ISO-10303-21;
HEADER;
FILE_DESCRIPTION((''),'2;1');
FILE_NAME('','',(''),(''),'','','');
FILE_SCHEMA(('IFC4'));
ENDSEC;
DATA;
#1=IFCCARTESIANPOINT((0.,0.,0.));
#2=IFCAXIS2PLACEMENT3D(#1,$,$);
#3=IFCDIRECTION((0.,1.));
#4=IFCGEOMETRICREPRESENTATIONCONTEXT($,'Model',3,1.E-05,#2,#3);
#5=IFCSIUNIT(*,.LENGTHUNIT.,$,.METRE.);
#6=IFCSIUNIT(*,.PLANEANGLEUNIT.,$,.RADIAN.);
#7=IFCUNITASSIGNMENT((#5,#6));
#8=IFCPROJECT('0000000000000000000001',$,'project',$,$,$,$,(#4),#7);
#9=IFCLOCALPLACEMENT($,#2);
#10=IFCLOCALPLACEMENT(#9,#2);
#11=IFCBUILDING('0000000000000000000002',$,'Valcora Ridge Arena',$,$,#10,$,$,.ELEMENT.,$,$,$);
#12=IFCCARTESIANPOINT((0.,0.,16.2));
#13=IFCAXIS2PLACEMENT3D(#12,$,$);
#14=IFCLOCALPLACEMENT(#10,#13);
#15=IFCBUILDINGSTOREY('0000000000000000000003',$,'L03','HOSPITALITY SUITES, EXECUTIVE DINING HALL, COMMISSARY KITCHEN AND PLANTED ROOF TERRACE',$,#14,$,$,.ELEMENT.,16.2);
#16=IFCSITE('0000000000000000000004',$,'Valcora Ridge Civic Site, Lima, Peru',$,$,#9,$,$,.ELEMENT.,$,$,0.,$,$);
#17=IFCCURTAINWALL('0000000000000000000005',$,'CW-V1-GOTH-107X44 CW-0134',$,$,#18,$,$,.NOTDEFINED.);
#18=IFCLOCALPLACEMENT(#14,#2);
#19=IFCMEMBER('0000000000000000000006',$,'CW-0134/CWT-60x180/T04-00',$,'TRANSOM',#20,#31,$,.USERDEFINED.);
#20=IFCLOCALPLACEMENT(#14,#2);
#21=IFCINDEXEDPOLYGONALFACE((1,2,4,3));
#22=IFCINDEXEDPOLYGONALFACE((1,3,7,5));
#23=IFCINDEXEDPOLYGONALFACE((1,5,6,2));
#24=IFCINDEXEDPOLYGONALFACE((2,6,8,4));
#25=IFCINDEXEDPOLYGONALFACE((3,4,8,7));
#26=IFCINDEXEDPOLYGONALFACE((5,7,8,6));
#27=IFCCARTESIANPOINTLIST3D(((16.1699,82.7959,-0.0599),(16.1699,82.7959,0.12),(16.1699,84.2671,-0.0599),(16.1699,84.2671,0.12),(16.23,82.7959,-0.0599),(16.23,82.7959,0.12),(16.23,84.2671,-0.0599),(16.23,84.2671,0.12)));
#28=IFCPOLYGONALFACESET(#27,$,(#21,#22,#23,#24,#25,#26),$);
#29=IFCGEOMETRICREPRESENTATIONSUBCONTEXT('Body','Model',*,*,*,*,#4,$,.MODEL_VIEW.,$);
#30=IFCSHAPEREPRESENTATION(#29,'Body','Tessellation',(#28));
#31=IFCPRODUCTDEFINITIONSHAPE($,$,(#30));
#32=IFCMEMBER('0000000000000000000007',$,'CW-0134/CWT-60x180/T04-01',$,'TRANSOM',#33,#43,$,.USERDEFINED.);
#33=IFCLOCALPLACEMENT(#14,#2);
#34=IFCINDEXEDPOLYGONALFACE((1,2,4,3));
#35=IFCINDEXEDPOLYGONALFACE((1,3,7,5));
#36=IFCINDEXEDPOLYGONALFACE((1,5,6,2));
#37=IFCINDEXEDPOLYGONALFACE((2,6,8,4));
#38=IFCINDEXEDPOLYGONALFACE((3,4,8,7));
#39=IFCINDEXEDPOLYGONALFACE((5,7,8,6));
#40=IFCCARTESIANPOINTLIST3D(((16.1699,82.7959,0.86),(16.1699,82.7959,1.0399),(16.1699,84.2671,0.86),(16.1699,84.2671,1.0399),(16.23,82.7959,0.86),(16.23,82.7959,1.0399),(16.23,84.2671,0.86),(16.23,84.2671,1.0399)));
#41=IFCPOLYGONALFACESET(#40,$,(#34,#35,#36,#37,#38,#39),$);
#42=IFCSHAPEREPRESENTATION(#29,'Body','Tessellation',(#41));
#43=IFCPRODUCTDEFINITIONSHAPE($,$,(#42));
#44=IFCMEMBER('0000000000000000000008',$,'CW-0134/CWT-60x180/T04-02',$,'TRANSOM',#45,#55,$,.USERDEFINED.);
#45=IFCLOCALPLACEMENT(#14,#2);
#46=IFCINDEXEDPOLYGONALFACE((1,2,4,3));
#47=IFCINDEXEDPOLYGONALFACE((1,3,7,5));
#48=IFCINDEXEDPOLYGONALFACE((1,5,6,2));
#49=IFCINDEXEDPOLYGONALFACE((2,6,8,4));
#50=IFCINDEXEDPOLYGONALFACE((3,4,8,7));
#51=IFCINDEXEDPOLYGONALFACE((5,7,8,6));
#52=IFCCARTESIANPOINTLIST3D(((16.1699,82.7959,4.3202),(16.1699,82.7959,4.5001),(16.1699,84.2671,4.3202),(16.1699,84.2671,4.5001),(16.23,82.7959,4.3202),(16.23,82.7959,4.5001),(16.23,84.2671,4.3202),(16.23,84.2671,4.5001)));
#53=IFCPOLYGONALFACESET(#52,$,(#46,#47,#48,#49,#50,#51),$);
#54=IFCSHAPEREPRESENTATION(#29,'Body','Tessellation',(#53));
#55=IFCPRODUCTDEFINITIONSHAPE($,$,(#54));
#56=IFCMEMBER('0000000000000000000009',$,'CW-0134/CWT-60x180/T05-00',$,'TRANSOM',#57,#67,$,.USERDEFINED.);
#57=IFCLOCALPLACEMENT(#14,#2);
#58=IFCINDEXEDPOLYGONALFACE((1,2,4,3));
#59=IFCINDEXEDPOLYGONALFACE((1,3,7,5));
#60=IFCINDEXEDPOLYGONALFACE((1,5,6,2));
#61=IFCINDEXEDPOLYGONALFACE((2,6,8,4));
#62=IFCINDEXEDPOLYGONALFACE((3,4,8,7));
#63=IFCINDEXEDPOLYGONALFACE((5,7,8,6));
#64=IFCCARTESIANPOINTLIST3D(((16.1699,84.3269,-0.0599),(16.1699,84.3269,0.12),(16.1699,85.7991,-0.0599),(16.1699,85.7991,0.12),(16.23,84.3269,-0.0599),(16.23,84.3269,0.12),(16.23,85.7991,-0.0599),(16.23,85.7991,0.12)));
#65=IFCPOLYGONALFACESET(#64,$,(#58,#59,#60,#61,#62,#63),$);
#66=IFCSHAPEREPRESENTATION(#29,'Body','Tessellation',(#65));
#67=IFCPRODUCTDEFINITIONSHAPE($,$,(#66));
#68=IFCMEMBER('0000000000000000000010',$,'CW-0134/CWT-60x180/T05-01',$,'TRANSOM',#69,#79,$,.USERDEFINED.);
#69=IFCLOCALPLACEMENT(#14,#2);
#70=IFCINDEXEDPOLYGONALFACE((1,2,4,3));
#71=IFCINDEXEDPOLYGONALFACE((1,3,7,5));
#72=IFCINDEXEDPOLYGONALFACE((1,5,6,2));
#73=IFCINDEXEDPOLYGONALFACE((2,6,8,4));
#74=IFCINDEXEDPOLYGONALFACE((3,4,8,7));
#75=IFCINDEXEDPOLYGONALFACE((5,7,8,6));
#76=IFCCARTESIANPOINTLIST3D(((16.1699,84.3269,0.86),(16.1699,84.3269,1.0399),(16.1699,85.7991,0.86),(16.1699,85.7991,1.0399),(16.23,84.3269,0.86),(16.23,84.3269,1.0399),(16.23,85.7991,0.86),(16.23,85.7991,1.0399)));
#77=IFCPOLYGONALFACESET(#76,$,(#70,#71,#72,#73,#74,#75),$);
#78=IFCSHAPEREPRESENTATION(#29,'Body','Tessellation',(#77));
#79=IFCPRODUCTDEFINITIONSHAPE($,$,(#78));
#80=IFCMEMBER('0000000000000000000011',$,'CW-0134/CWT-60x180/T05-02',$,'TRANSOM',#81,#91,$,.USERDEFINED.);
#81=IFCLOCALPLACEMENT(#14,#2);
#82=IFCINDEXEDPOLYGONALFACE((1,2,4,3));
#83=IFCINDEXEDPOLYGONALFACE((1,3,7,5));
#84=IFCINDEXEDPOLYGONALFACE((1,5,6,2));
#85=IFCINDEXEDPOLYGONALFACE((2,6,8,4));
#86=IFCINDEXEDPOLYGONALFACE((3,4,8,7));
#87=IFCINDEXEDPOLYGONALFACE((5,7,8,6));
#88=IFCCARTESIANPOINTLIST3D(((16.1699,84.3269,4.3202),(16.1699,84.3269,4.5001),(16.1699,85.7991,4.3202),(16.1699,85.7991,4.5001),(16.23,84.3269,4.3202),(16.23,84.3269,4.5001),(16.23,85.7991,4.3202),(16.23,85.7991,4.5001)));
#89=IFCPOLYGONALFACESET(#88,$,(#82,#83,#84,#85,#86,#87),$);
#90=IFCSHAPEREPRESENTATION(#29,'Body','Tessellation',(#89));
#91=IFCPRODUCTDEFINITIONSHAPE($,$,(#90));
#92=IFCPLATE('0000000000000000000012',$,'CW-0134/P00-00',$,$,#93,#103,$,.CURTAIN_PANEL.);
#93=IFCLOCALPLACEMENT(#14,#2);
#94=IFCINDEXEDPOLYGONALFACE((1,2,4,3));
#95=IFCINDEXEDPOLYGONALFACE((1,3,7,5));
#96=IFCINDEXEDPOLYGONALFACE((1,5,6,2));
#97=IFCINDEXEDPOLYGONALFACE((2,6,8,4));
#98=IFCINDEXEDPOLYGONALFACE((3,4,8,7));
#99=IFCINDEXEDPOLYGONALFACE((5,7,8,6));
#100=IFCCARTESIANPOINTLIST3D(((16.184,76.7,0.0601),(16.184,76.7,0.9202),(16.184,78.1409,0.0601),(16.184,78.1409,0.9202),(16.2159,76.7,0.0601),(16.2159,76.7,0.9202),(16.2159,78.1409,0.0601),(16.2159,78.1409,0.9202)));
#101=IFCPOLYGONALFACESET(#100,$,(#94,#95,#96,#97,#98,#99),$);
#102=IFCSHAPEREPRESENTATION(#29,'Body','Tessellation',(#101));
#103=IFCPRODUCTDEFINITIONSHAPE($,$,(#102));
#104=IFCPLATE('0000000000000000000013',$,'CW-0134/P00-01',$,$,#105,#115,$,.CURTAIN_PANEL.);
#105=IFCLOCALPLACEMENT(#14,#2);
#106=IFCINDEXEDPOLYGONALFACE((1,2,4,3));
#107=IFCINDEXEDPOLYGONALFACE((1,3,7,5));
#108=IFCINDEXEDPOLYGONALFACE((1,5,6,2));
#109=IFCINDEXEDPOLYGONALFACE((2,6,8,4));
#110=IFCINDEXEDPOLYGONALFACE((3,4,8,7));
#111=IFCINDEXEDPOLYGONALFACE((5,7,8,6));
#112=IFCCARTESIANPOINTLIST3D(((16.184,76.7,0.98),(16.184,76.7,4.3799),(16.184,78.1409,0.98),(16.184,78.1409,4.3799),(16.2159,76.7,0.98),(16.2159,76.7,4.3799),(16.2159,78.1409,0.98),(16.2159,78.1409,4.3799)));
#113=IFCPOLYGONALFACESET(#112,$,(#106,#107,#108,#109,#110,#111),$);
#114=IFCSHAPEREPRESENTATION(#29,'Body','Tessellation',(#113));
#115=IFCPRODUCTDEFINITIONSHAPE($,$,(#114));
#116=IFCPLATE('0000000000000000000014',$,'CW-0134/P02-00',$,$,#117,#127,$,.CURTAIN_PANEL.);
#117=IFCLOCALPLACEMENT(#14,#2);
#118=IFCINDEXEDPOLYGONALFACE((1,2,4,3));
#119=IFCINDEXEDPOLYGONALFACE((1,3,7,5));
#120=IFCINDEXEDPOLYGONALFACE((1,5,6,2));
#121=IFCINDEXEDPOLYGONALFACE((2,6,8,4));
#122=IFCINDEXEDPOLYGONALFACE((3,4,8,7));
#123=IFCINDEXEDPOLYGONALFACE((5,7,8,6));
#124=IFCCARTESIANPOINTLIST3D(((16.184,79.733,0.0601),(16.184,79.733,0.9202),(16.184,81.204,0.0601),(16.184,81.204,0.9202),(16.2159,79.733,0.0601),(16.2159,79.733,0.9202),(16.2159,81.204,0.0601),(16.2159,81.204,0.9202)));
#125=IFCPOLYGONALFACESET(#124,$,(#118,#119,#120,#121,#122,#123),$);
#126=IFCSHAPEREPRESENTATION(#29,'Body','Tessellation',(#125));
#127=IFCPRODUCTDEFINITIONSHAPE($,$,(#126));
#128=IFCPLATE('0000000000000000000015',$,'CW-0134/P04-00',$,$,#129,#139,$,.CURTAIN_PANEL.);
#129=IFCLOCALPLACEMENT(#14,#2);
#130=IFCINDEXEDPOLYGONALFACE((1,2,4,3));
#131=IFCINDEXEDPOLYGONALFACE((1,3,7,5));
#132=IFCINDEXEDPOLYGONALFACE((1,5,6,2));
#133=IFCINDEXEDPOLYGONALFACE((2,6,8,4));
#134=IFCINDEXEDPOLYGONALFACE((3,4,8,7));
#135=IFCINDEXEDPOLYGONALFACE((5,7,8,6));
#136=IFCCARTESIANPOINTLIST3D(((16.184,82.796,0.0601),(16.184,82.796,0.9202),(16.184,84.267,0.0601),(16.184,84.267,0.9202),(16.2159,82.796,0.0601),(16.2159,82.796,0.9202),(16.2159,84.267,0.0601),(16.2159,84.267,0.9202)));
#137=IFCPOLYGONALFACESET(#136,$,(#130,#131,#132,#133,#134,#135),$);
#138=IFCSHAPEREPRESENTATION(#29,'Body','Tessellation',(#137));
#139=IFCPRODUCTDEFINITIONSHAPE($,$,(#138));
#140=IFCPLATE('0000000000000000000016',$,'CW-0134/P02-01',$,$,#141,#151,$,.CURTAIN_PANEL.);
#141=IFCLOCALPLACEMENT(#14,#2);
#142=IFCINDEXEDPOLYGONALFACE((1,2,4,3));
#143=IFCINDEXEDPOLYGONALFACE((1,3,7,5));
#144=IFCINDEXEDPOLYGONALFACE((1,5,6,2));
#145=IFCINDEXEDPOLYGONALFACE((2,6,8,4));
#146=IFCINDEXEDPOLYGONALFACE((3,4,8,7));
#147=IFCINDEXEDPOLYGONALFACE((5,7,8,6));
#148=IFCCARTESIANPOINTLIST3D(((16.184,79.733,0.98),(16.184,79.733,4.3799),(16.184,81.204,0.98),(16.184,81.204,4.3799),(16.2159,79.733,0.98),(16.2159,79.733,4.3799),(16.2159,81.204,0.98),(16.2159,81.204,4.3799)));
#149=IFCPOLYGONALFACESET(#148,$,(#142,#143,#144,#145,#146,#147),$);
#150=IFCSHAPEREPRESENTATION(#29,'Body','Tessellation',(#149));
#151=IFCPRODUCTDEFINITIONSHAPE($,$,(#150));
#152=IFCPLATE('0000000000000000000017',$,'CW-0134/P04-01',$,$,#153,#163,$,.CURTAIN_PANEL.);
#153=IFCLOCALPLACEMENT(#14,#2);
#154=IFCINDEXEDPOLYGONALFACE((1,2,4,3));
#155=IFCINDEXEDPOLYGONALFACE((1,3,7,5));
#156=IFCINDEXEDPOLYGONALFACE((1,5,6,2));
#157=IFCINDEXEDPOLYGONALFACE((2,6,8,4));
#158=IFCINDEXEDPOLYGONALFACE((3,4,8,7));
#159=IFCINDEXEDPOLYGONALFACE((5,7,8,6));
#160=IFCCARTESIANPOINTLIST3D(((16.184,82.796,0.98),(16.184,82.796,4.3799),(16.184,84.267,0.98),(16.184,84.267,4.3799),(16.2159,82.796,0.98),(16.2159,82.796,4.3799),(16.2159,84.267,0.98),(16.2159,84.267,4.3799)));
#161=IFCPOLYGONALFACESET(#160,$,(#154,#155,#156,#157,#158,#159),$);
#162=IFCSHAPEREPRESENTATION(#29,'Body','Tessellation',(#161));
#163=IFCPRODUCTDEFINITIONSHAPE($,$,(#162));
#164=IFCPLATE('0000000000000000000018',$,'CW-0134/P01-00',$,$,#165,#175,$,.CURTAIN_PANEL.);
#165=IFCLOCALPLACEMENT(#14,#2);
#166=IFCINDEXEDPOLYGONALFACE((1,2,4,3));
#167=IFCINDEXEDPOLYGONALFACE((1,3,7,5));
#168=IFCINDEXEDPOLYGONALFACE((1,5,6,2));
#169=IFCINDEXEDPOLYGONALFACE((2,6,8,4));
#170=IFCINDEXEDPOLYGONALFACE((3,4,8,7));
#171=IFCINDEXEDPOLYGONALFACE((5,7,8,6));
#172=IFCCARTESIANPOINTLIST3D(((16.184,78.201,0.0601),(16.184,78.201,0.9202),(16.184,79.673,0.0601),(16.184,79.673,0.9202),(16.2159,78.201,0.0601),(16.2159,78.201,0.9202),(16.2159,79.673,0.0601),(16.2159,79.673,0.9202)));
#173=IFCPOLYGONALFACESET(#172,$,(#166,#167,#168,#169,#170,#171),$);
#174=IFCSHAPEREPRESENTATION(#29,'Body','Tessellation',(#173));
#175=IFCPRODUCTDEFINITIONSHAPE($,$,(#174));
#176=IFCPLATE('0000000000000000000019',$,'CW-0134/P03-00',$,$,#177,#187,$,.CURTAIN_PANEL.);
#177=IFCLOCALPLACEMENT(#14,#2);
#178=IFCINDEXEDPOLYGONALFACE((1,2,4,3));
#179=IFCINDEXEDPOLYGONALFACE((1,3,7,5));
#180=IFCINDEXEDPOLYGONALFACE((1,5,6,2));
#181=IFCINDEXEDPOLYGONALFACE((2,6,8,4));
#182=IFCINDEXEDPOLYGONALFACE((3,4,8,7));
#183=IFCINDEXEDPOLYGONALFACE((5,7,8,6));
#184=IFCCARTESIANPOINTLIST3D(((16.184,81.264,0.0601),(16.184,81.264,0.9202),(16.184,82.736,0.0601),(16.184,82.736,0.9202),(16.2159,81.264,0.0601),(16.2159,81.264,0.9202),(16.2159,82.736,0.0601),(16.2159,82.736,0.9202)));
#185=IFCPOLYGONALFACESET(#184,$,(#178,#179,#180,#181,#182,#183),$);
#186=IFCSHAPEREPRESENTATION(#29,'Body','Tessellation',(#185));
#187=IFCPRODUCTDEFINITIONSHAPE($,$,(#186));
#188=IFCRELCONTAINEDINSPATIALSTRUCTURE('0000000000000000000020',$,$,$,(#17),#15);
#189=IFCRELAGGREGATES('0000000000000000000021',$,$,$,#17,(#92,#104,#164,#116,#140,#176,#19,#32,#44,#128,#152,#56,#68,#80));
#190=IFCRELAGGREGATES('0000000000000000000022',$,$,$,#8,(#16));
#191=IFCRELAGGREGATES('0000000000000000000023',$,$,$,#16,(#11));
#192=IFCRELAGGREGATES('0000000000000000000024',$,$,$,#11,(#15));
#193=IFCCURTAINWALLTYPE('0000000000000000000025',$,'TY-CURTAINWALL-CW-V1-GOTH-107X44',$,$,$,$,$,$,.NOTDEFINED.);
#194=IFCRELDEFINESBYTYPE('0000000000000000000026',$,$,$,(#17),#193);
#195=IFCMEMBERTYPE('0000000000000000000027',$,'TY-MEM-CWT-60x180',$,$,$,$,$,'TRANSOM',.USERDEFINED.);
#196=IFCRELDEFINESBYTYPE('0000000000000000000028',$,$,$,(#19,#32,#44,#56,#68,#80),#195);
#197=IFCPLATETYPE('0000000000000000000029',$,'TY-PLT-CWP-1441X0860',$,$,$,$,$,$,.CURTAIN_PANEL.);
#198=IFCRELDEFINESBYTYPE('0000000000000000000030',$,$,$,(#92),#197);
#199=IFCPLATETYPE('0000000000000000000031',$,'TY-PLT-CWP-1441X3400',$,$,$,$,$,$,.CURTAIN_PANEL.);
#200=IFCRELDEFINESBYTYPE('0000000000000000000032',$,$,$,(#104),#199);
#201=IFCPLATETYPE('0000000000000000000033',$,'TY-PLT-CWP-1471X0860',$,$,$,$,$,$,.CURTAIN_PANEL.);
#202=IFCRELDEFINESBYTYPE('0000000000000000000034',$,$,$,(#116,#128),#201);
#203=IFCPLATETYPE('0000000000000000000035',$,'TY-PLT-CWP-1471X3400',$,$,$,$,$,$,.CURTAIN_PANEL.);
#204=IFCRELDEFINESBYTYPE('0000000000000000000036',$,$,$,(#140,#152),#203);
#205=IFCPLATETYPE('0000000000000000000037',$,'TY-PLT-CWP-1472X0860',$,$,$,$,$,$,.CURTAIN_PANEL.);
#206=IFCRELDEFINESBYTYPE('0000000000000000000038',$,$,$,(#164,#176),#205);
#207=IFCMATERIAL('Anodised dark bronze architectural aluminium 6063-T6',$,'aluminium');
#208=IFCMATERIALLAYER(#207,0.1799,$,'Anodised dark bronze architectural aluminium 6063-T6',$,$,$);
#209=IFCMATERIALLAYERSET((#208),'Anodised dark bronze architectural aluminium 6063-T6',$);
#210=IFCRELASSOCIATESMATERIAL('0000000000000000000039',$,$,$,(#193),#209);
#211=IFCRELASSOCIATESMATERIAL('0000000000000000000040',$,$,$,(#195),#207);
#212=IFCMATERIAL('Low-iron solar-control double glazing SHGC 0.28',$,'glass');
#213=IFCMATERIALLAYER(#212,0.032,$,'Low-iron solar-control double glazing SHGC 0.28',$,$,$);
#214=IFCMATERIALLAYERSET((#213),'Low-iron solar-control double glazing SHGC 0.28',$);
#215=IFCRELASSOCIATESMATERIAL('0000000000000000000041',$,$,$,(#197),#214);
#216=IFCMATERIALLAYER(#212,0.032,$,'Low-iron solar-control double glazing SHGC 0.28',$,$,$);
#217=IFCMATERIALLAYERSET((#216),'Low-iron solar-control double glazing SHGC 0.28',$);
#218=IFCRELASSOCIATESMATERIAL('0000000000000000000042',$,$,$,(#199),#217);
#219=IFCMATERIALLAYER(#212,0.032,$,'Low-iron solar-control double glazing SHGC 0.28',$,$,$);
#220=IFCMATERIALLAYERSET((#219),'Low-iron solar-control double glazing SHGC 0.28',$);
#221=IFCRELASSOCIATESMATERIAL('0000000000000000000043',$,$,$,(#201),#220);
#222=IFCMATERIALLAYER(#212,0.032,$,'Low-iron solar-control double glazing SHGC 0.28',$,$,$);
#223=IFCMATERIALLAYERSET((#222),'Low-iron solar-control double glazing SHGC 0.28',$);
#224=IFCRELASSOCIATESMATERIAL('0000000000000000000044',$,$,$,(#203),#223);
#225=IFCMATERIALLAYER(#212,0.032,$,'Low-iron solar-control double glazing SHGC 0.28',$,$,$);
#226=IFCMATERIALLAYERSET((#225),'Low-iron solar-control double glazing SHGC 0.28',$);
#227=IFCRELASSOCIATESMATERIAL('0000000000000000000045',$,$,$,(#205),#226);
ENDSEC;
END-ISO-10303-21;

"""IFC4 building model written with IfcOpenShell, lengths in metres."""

from ifc_helpers import new_model, si_unit, direction, frame, origin, origin_2d, place, context, subcontext, project, spatial, rectangle, extrude, material, layer, layer_set, material_profile, profile_set, type_object, element, aggregate, save


model = new_model("IFC4")

# Units and contexts
model_context = context("Model", 3, precision=1e-05, world=origin(), true_north=direction((0.0, 1.0)))
body_context = subcontext(model_context, "Body", "Model", "MODEL_VIEW")
ifc_project = project(units=[si_unit("LENGTHUNIT", "METRE"), si_unit("PLANEANGLEUNIT", "RADIAN")], contexts=[model_context])

# Site, building, storey
site_placement = place(None, origin())
site = spatial("IfcSite", under=ifc_project, at=site_placement, Name="Valcora Ridge Civic Site, Lima, Peru", CompositionType="ELEMENT", RefElevation=0.0)
building_placement = place(site_placement, origin())
building = spatial("IfcBuilding", under=site, at=building_placement, Name="Valcora Ridge Arena", CompositionType="ELEMENT")
storey_placement = place(building_placement, frame((0.0, 0.0, 16.2)))
storey = spatial("IfcBuildingStorey", under=building, at=storey_placement, Name="L03", Description="HOSPITALITY SUITES, EXECUTIVE DINING HALL, COMMISSARY KITCHEN AND PLANTED ROOF TERRACE", CompositionType="ELEMENT", Elevation=16.2)

# Curtain wall, members, plates
ifc_material_1 = material(Name="Anodised dark bronze architectural aluminium 6063-T6", Category="aluminium")
ifc_layer_1 = layer(ifc_material_1, 0.1799, Name="Anodised dark bronze architectural aluminium 6063-T6")
ifc_layer_set_1 = layer_set([ifc_layer_1], Name="Anodised dark bronze architectural aluminium 6063-T6")
curtain_wall_type = type_object("IfcCurtainWallType", Name="TY-CURTAINWALL-CW-V1-GOTH-107X44", PredefinedType="NOTDEFINED", material=ifc_layer_set_1)
curtain_wall_placement = place(storey_placement, origin())
curtain_wall = element("IfcCurtainWall", 1, at=curtain_wall_placement, inside=storey, type_object=curtain_wall_type, Name="CW-V1-GOTH-107X44 CW-0134", PredefinedType="NOTDEFINED")
ifc_material_profile_1 = material_profile(ifc_material_1, rectangle(XDim=0.0601, YDim=0.1799, at=origin_2d()), Name="ALU TRANSOM 60x180")
ifc_profile_set_1 = profile_set([ifc_material_profile_1], Name="Anodised dark bronze architectural aluminium 6063-T6")
member_type_1 = type_object("IfcMemberType", Name="TY-MEM-CWT-60x180", ElementType="TRANSOM", PredefinedType="USERDEFINED", material=ifc_profile_set_1)
member_1_placement = place(storey_placement, frame((16.2, 82.7959, 0.03), z_axis=(0.0, 1.0, 0.0), x_axis=(-1.0, 0.0, 0.0)))
member_1 = element("IfcMember", 2, at=member_1_placement, type_object=member_type_1, Name="CW-0134/CWT-60x180/T04-00", ObjectType="TRANSOM", PredefinedType="USERDEFINED", context=body_context, shape_type="SweptSolid", body=[
    extrude(rectangle(XDim=0.0601, YDim=0.1799, at=origin_2d()), origin(), (0.0, 0.0, 1.0), 1.4712),
])
member_2_placement = place(storey_placement, frame((16.2, 82.7959, 0.95), z_axis=(0.0, 1.0, 0.0), x_axis=(-1.0, 0.0, 0.0)))
member_2 = element("IfcMember", 3, at=member_2_placement, type_object=member_type_1, Name="CW-0134/CWT-60x180/T04-01", ObjectType="TRANSOM", PredefinedType="USERDEFINED", context=body_context, shape_type="SweptSolid", body=[
    extrude(rectangle(XDim=0.0601, YDim=0.1799, at=origin_2d()), origin(), (0.0, 0.0, 1.0), 1.4712),
])
member_3_placement = place(storey_placement, frame((16.2, 82.7959, 4.4102), z_axis=(0.0, 1.0, 0.0), x_axis=(-1.0, 0.0, 0.0)))
member_3 = element("IfcMember", 4, at=member_3_placement, type_object=member_type_1, Name="CW-0134/CWT-60x180/T04-02", ObjectType="TRANSOM", PredefinedType="USERDEFINED", context=body_context, shape_type="SweptSolid", body=[
    extrude(rectangle(XDim=0.0601, YDim=0.1799, at=origin_2d()), origin(), (0.0, 0.0, 1.0), 1.4712),
])
member_4_placement = place(storey_placement, frame((16.2, 84.3269, 0.03), z_axis=(0.0, 1.0, 0.0), x_axis=(-1.0, 0.0, 0.0)))
member_4 = element("IfcMember", 5, at=member_4_placement, type_object=member_type_1, Name="CW-0134/CWT-60x180/T05-00", ObjectType="TRANSOM", PredefinedType="USERDEFINED", context=body_context, shape_type="SweptSolid", body=[
    extrude(rectangle(XDim=0.0601, YDim=0.1799, at=origin_2d()), origin(), (0.0, 0.0, 1.0), 1.4722),
])
member_5_placement = place(storey_placement, frame((16.2, 84.3269, 0.95), z_axis=(0.0, 1.0, 0.0), x_axis=(-1.0, 0.0, 0.0)))
member_5 = element("IfcMember", 6, at=member_5_placement, type_object=member_type_1, Name="CW-0134/CWT-60x180/T05-01", ObjectType="TRANSOM", PredefinedType="USERDEFINED", context=body_context, shape_type="SweptSolid", body=[
    extrude(rectangle(XDim=0.0601, YDim=0.1799, at=origin_2d()), origin(), (0.0, 0.0, 1.0), 1.4722),
])
member_6_placement = place(storey_placement, frame((16.2, 84.3269, 4.4102), z_axis=(0.0, 1.0, 0.0), x_axis=(-1.0, 0.0, 0.0)))
member_6 = element("IfcMember", 7, at=member_6_placement, type_object=member_type_1, Name="CW-0134/CWT-60x180/T05-02", ObjectType="TRANSOM", PredefinedType="USERDEFINED", context=body_context, shape_type="SweptSolid", body=[
    extrude(rectangle(XDim=0.0601, YDim=0.1799, at=origin_2d()), origin(), (0.0, 0.0, 1.0), 1.4722),
])
ifc_material_2 = material(Name="Low-iron solar-control double glazing SHGC 0.28", Category="glass")
ifc_layer_2 = layer(ifc_material_2, 0.032, Name="Low-iron solar-control double glazing SHGC 0.28")
ifc_layer_set_2 = layer_set([ifc_layer_2], Name="Low-iron solar-control double glazing SHGC 0.28")
plate_type_1 = type_object("IfcPlateType", Name="TY-PLT-CWP-1441X0860", PredefinedType="CURTAIN_PANEL", material=ifc_layer_set_2)
plate_1_placement = place(storey_placement, frame((16.2, 77.4204, 0.0601), z_axis=(0.0, 0.0, 1.0), x_axis=(0.0, 1.0, 0.0)))
plate_1 = element("IfcPlate", 8, at=plate_1_placement, type_object=plate_type_1, Name="CW-0134/P00-00", PredefinedType="CURTAIN_PANEL", context=body_context, shape_type="SweptSolid", body=[
    extrude(rectangle(XDim=1.4409, YDim=0.032, at=origin_2d()), origin(), (0.0, 0.0, 1.0), 0.8601),
])
ifc_layer_3 = layer(ifc_material_2, 0.032, Name="Low-iron solar-control double glazing SHGC 0.28")
ifc_layer_set_3 = layer_set([ifc_layer_3], Name="Low-iron solar-control double glazing SHGC 0.28")
plate_type_2 = type_object("IfcPlateType", Name="TY-PLT-CWP-1441X3400", PredefinedType="CURTAIN_PANEL", material=ifc_layer_set_3)
plate_2_placement = place(storey_placement, frame((16.2, 77.4204, 0.98), z_axis=(0.0, 0.0, 1.0), x_axis=(0.0, 1.0, 0.0)))
plate_2 = element("IfcPlate", 9, at=plate_2_placement, type_object=plate_type_2, Name="CW-0134/P00-01", PredefinedType="CURTAIN_PANEL", context=body_context, shape_type="SweptSolid", body=[
    extrude(rectangle(XDim=1.4409, YDim=0.032, at=origin_2d()), origin(), (0.0, 0.0, 1.0), 3.3999),
])
ifc_layer_4 = layer(ifc_material_2, 0.032, Name="Low-iron solar-control double glazing SHGC 0.28")
ifc_layer_set_4 = layer_set([ifc_layer_4], Name="Low-iron solar-control double glazing SHGC 0.28")
plate_type_3 = type_object("IfcPlateType", Name="TY-PLT-CWP-1471X0860", PredefinedType="CURTAIN_PANEL", material=ifc_layer_set_4)
plate_3_placement = place(storey_placement, frame((16.2, 80.4685, 0.0601), z_axis=(0.0, 0.0, 1.0), x_axis=(0.0, 1.0, 0.0)))
plate_3 = element("IfcPlate", 10, at=plate_3_placement, type_object=plate_type_3, Name="CW-0134/P02-00", PredefinedType="CURTAIN_PANEL", context=body_context, shape_type="SweptSolid", body=[
    extrude(rectangle(XDim=1.4709, YDim=0.032, at=origin_2d()), origin(), (0.0, 0.0, 1.0), 0.8601),
])
plate_4_placement = place(storey_placement, frame((16.2, 83.5315, 0.0601), z_axis=(0.0, 0.0, 1.0), x_axis=(0.0, 1.0, 0.0)))
plate_4 = element("IfcPlate", 11, at=plate_4_placement, type_object=plate_type_3, Name="CW-0134/P04-00", PredefinedType="CURTAIN_PANEL", context=body_context, shape_type="SweptSolid", body=[
    extrude(rectangle(XDim=1.4709, YDim=0.032, at=origin_2d()), origin(), (0.0, 0.0, 1.0), 0.8601),
])
ifc_layer_5 = layer(ifc_material_2, 0.032, Name="Low-iron solar-control double glazing SHGC 0.28")
ifc_layer_set_5 = layer_set([ifc_layer_5], Name="Low-iron solar-control double glazing SHGC 0.28")
plate_type_4 = type_object("IfcPlateType", Name="TY-PLT-CWP-1471X3400", PredefinedType="CURTAIN_PANEL", material=ifc_layer_set_5)
plate_5_placement = place(storey_placement, frame((16.2, 80.4685, 0.98), z_axis=(0.0, 0.0, 1.0), x_axis=(0.0, 1.0, 0.0)))
plate_5 = element("IfcPlate", 12, at=plate_5_placement, type_object=plate_type_4, Name="CW-0134/P02-01", PredefinedType="CURTAIN_PANEL", context=body_context, shape_type="SweptSolid", body=[
    extrude(rectangle(XDim=1.4709, YDim=0.032, at=origin_2d()), origin(), (0.0, 0.0, 1.0), 3.3999),
])
plate_6_placement = place(storey_placement, frame((16.2, 83.5315, 0.98), z_axis=(0.0, 0.0, 1.0), x_axis=(0.0, 1.0, 0.0)))
plate_6 = element("IfcPlate", 13, at=plate_6_placement, type_object=plate_type_4, Name="CW-0134/P04-01", PredefinedType="CURTAIN_PANEL", context=body_context, shape_type="SweptSolid", body=[
    extrude(rectangle(XDim=1.4709, YDim=0.032, at=origin_2d()), origin(), (0.0, 0.0, 1.0), 3.3999),
])
ifc_layer_6 = layer(ifc_material_2, 0.032, Name="Low-iron solar-control double glazing SHGC 0.28")
ifc_layer_set_6 = layer_set([ifc_layer_6], Name="Low-iron solar-control double glazing SHGC 0.28")
plate_type_5 = type_object("IfcPlateType", Name="TY-PLT-CWP-1472X0860", PredefinedType="CURTAIN_PANEL", material=ifc_layer_set_6)
plate_7_placement = place(storey_placement, frame((16.2, 78.937, 0.0601), z_axis=(0.0, 0.0, 1.0), x_axis=(0.0, 1.0, 0.0)))
plate_7 = element("IfcPlate", 14, at=plate_7_placement, type_object=plate_type_5, Name="CW-0134/P01-00", PredefinedType="CURTAIN_PANEL", context=body_context, shape_type="SweptSolid", body=[
    extrude(rectangle(XDim=1.4719, YDim=0.032, at=origin_2d()), origin(), (0.0, 0.0, 1.0), 0.8601),
])
plate_8_placement = place(storey_placement, frame((16.2, 82.0, 0.0601), z_axis=(0.0, 0.0, 1.0), x_axis=(0.0, 1.0, 0.0)))
plate_8 = element("IfcPlate", 15, at=plate_8_placement, type_object=plate_type_5, Name="CW-0134/P03-00", PredefinedType="CURTAIN_PANEL", context=body_context, shape_type="SweptSolid", body=[
    extrude(rectangle(XDim=1.4719, YDim=0.032, at=origin_2d()), origin(), (0.0, 0.0, 1.0), 0.8601),
])
aggregate(curtain_wall, [plate_1, plate_2, plate_7, plate_3, plate_5, plate_8, member_1, member_2, member_3, plate_4, plate_6, member_4, member_5, member_6])

save(model, "model.ifc")
